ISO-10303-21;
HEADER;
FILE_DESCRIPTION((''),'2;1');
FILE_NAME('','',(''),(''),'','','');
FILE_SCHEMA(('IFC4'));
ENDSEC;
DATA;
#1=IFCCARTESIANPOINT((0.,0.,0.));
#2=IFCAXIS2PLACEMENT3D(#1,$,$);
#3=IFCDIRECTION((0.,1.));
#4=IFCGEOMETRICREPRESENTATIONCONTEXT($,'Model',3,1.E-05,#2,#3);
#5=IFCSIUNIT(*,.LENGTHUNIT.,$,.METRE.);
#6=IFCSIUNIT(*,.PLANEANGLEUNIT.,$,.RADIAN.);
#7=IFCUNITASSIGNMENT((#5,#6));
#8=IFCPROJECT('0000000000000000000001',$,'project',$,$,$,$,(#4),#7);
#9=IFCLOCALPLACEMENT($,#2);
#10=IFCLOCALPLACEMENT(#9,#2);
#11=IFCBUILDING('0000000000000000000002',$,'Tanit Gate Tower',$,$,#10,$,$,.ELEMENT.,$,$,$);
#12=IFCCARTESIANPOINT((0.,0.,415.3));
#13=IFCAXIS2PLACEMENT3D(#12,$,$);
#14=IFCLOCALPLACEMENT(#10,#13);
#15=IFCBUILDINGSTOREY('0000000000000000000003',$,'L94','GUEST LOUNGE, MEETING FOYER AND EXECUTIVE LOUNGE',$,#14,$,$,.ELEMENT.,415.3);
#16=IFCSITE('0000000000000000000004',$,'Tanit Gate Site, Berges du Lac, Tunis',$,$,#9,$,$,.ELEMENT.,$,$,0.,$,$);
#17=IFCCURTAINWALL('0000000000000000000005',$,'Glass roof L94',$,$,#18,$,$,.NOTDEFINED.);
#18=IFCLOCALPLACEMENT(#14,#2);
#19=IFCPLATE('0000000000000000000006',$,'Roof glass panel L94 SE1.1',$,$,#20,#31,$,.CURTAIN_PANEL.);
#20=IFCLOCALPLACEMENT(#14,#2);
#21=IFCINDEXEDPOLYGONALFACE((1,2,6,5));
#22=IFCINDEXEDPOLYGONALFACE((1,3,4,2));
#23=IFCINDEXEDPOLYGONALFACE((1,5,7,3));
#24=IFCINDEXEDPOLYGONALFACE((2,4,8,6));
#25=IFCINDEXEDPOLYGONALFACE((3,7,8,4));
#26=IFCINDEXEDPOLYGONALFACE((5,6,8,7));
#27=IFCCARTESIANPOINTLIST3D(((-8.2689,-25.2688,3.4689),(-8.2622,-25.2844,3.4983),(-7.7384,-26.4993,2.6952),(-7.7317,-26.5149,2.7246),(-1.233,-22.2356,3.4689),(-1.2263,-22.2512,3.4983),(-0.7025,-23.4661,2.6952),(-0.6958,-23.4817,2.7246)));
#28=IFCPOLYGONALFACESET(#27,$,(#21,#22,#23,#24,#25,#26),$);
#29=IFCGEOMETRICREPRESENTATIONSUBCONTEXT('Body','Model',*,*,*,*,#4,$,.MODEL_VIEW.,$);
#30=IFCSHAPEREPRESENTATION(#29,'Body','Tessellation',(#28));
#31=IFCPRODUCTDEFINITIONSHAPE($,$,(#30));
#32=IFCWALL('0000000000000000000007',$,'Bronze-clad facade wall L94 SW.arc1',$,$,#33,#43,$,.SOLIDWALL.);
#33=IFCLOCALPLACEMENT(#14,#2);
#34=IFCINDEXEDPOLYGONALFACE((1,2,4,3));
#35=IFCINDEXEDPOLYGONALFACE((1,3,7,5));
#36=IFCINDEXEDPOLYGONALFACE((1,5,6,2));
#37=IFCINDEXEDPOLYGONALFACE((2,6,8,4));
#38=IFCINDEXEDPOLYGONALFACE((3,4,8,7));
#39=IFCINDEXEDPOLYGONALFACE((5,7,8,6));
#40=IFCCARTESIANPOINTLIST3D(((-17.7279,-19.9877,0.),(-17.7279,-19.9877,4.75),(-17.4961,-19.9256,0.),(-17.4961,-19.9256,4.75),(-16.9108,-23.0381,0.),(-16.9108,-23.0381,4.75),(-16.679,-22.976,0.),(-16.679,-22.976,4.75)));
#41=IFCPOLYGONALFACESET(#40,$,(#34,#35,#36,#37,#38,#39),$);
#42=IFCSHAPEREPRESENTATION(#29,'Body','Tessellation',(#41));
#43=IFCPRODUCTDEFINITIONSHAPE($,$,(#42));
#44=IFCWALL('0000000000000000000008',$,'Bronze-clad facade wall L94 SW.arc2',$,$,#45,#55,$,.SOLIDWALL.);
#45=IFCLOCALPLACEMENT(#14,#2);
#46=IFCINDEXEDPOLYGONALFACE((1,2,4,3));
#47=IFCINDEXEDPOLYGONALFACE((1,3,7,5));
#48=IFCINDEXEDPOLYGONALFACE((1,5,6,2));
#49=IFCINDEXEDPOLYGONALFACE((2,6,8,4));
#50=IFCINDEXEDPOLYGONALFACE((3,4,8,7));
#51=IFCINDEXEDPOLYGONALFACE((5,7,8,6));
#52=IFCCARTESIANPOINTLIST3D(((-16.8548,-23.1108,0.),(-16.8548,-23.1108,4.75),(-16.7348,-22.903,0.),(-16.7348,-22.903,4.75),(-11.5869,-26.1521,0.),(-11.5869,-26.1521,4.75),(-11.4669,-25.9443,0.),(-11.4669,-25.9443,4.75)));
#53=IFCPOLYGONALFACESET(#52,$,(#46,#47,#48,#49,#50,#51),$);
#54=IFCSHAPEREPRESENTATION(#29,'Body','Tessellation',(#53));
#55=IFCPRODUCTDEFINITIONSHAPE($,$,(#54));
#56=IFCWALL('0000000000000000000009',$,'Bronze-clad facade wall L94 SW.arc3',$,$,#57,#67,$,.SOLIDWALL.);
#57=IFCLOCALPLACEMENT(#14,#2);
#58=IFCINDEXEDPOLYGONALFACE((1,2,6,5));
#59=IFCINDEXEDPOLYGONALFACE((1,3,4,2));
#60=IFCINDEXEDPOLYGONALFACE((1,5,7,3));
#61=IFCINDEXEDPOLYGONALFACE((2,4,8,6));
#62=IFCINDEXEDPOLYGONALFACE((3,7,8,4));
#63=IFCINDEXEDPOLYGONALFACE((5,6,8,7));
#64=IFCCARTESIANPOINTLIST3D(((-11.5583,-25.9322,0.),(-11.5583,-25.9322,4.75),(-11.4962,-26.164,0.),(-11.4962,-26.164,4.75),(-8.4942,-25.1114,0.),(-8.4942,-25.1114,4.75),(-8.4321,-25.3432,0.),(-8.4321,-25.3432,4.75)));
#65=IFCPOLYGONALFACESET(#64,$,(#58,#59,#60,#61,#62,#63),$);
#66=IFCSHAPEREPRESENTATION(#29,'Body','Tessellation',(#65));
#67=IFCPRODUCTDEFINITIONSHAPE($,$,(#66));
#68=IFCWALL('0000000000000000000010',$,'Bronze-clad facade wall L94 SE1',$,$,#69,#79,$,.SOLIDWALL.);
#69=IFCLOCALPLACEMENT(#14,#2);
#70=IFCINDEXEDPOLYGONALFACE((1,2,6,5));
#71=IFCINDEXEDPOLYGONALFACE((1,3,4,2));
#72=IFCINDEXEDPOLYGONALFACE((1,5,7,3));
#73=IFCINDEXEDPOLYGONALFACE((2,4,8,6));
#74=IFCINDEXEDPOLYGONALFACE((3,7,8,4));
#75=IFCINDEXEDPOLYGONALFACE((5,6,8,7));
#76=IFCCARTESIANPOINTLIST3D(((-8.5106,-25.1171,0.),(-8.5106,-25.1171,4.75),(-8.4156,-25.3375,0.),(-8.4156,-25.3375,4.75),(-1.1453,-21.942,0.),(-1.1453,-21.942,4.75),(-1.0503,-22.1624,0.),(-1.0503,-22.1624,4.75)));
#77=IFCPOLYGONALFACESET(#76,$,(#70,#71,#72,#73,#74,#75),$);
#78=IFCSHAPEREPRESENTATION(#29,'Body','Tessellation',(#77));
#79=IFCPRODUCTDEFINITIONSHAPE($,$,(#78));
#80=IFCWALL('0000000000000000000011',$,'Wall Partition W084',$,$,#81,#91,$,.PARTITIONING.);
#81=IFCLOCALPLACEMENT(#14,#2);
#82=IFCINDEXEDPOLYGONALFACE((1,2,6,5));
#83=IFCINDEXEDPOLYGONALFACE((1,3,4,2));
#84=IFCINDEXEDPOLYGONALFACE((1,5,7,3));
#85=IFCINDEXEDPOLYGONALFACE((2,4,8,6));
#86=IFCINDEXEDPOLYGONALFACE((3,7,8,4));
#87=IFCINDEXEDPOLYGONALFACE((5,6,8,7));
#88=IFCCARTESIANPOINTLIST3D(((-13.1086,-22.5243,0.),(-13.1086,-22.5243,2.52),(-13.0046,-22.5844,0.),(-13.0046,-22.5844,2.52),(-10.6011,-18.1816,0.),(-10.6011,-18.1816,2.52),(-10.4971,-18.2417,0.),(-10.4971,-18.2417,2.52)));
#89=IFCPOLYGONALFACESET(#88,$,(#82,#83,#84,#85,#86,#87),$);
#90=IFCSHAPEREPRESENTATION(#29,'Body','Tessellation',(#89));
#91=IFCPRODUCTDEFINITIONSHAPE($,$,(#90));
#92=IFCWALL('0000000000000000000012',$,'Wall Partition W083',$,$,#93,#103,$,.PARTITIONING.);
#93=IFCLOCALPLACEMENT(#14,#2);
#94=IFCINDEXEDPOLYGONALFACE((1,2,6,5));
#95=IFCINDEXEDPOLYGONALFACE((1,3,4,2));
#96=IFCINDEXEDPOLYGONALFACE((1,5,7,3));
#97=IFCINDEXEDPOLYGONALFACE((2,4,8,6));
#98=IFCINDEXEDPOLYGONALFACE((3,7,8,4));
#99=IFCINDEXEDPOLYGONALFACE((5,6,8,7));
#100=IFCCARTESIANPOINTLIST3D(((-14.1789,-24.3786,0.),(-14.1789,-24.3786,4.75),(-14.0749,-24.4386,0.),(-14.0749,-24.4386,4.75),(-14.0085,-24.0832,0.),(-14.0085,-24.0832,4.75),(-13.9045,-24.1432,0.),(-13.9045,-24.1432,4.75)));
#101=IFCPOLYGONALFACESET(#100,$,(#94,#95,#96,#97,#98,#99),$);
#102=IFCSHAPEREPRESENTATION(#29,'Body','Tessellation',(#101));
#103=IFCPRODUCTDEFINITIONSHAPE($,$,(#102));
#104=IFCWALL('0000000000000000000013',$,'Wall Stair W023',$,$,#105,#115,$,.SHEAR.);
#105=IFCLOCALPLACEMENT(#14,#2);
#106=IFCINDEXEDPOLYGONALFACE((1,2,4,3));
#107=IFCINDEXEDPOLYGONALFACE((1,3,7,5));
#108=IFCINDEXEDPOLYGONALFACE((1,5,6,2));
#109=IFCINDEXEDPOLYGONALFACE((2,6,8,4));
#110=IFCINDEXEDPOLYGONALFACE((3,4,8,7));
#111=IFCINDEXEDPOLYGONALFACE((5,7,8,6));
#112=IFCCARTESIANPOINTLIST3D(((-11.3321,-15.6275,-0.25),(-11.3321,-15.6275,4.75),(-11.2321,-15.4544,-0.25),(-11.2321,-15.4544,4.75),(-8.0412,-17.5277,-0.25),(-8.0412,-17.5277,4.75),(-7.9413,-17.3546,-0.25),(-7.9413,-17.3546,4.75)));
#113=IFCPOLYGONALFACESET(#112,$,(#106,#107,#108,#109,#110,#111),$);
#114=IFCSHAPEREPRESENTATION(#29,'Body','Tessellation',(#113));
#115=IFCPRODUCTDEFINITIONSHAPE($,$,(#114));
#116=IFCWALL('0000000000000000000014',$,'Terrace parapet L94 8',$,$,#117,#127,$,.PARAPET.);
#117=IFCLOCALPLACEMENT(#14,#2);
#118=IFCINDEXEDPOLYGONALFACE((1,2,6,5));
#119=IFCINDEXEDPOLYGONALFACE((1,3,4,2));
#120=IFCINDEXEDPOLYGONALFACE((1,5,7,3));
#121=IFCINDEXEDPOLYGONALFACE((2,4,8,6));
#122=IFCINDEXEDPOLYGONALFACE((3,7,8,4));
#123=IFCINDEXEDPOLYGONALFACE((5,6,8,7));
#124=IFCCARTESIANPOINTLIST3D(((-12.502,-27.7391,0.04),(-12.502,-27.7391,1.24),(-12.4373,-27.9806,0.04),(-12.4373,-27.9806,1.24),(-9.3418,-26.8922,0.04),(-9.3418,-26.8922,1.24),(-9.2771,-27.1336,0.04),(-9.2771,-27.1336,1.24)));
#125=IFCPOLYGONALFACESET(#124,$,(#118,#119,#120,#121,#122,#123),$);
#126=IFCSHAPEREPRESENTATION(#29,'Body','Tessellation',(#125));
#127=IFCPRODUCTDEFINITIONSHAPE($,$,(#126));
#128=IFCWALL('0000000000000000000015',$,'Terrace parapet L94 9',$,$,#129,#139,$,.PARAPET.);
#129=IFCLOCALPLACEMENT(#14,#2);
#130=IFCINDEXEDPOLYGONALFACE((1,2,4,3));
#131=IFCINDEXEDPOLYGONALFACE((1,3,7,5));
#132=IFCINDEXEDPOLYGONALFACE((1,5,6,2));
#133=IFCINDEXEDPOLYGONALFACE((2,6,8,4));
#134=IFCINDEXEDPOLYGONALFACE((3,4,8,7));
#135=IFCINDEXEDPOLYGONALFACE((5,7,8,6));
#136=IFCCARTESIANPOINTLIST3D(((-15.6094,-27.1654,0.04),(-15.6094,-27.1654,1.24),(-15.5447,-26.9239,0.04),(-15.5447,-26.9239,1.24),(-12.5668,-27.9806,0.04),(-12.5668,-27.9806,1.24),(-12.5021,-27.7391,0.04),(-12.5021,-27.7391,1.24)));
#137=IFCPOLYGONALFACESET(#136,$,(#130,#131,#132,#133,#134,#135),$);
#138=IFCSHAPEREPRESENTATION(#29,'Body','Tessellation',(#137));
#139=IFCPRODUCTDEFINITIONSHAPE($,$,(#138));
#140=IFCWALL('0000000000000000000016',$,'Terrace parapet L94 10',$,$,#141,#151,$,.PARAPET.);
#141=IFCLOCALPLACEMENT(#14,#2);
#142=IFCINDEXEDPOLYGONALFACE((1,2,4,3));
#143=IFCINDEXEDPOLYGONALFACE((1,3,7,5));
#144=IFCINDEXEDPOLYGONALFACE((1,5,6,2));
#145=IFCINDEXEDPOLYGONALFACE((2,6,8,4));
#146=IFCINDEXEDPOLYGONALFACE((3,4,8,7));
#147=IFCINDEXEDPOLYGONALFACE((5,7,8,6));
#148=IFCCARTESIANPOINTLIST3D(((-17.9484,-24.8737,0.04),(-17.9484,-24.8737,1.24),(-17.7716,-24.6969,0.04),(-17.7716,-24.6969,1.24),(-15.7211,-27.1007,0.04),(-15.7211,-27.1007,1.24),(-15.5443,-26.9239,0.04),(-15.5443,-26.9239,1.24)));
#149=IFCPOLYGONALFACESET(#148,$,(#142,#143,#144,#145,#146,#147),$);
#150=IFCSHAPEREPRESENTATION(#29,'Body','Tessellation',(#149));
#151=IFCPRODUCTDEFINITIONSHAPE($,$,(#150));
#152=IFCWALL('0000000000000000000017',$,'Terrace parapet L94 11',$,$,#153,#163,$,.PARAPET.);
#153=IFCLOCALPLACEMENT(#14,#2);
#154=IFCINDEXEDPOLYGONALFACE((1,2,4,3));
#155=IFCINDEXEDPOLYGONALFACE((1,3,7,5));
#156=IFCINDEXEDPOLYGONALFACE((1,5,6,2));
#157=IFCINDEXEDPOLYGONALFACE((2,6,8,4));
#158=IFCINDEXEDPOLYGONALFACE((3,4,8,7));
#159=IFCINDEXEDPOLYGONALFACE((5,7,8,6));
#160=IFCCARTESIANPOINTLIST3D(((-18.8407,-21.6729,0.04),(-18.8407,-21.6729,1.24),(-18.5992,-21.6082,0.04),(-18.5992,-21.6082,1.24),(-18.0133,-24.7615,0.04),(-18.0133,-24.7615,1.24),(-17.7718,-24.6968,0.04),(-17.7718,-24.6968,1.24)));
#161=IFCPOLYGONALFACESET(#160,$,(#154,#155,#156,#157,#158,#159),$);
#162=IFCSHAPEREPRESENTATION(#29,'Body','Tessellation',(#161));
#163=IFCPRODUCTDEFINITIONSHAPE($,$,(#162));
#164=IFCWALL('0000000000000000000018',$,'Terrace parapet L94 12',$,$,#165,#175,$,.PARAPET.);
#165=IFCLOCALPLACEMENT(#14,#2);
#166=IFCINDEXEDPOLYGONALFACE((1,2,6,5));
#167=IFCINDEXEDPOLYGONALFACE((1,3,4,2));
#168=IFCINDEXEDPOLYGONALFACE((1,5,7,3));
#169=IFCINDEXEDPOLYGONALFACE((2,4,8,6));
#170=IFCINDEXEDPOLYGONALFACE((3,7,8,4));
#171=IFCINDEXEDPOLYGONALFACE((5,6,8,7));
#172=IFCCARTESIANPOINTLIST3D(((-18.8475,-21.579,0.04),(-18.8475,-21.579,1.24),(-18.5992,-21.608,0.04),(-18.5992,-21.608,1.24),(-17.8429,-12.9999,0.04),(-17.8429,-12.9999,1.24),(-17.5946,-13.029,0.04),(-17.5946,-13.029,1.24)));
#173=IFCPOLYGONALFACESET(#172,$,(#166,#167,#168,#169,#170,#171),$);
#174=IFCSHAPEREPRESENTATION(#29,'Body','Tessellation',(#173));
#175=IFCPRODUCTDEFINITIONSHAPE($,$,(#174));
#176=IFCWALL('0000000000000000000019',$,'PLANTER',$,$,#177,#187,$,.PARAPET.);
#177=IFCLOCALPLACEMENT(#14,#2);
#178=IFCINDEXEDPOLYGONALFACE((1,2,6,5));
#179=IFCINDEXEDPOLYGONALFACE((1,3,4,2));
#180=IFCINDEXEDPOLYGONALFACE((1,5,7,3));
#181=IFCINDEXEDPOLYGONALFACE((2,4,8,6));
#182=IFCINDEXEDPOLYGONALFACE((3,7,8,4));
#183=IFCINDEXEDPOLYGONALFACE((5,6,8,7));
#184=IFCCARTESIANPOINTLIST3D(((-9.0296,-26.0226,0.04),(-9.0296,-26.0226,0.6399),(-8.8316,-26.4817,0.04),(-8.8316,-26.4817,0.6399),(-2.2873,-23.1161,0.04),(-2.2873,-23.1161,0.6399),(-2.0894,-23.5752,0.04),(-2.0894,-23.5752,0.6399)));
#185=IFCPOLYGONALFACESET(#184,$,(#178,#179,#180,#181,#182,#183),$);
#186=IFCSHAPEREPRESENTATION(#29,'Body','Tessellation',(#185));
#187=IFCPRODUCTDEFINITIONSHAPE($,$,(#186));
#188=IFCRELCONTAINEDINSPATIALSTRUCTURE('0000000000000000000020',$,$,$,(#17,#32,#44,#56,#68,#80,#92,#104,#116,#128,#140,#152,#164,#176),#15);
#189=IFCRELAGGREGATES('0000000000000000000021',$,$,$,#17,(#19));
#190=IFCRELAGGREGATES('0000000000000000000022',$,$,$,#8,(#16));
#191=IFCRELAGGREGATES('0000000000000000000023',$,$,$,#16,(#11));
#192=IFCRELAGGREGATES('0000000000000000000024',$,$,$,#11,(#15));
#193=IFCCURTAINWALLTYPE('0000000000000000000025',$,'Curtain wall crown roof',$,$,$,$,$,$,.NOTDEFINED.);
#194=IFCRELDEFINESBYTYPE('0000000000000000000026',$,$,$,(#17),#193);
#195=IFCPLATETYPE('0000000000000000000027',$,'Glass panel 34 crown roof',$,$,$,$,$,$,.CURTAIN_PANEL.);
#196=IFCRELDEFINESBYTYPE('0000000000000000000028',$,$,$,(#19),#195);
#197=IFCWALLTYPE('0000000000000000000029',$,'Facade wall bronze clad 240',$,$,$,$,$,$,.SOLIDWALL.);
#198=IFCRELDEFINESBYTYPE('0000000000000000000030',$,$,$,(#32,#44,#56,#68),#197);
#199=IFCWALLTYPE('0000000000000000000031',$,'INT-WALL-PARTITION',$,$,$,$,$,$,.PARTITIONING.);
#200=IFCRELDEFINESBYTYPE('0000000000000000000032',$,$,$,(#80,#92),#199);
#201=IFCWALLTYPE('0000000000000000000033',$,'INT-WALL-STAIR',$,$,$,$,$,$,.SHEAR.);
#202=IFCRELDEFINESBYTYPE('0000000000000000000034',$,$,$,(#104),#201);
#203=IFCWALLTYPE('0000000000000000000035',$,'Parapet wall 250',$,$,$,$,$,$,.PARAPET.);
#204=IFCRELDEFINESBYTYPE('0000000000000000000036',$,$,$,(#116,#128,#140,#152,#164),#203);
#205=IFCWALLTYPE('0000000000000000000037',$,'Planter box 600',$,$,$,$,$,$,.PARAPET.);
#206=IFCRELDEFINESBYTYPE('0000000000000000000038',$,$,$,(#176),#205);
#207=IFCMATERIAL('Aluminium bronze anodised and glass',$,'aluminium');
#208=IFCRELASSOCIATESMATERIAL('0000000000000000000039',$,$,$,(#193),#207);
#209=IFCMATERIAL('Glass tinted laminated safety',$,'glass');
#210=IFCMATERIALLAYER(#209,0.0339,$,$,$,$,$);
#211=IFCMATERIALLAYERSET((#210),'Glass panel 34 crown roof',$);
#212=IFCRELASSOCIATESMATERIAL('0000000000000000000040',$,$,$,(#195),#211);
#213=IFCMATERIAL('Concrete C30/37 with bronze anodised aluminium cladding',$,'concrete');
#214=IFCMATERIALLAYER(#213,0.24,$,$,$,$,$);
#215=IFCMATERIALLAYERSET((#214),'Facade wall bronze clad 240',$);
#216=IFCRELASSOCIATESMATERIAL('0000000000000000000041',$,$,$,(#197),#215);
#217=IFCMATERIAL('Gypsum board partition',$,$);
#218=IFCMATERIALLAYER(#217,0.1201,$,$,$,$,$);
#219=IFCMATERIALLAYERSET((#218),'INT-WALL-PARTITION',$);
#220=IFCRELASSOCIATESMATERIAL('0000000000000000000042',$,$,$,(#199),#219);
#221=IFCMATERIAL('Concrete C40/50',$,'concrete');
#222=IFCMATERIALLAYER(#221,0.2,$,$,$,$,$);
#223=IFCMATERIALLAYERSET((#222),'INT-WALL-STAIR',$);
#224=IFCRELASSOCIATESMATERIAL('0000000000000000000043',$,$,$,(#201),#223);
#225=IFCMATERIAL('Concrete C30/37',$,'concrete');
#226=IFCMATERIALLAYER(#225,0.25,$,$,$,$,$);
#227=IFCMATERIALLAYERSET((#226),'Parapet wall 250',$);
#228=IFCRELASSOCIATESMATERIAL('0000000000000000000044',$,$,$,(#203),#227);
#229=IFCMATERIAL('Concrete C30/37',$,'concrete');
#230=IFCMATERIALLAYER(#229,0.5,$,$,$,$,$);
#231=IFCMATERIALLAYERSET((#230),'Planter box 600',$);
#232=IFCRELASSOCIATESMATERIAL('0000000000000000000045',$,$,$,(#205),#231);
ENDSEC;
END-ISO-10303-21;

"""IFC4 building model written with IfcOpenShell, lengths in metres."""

from ifc_helpers import new_model, si_unit, direction, frame, frame_2d, origin, place, context, subcontext, project, spatial, polyline, rectangle, outline, extrude, material, layer, layer_set, type_object, element, aggregate, save


model = new_model("IFC4")

# Units and contexts
model_context = context("Model", 3, precision=1e-05, world=origin(), true_north=direction((0.0, 1.0)))
body_context = subcontext(model_context, "Body", "Model", "MODEL_VIEW")
ifc_project = project(units=[si_unit("LENGTHUNIT", "METRE"), si_unit("PLANEANGLEUNIT", "RADIAN")], contexts=[model_context])

# Site, building, storey
site_placement = place(None, origin())
site = spatial("IfcSite", under=ifc_project, at=site_placement, Name="Tanit Gate Site, Berges du Lac, Tunis", CompositionType="ELEMENT", RefElevation=0.0)
building_placement = place(site_placement, origin())
building = spatial("IfcBuilding", under=site, at=building_placement, Name="Tanit Gate Tower", CompositionType="ELEMENT")
storey_placement = place(building_placement, frame((0.0, 0.0, 415.3)))
storey = spatial("IfcBuildingStorey", under=building, at=storey_placement, Name="L94", Description="GUEST LOUNGE, MEETING FOYER AND EXECUTIVE LOUNGE", CompositionType="ELEMENT", Elevation=415.3)

# Curtain wall
ifc_material_1 = material(Name="Aluminium bronze anodised and glass", Category="aluminium")
curtain_wall_type = type_object("IfcCurtainWallType", Name="Curtain wall crown roof", PredefinedType="NOTDEFINED", material=ifc_material_1)
curtain_wall_placement = place(storey_placement, origin())
curtain_wall = element("IfcCurtainWall", 1, at=curtain_wall_placement, inside=storey, type_object=curtain_wall_type, Name="Glass roof L94", PredefinedType="NOTDEFINED")

# Plate
ifc_material_2 = material(Name="Glass tinted laminated safety", Category="glass")
ifc_layer_1 = layer(ifc_material_2, 0.0339)
ifc_layer_set_1 = layer_set([ifc_layer_1], Name="Glass panel 34 crown roof")
plate_type = type_object("IfcPlateType", Name="Glass panel 34 crown roof", PredefinedType="CURTAIN_PANEL", material=ifc_layer_set_1)
plate_1_placement = place(storey_placement, frame((-8.2622, -25.2844, 3.4983), z_axis=(0.197952, -0.459174, 0.86601), x_axis=(0.918301, 0.395884, 0.0)))
plate_1 = element("IfcPlate", 2, at=plate_1_placement, type_object=plate_type, Name="Roof glass panel L94 SE1.1", PredefinedType="CURTAIN_PANEL", context=body_context, shape_type="SweptSolid", body=[
    extrude(outline(polyline([(0.0, 0.0), (7.6619, 0.0), (7.6619, -1.5473), (0.0001, -1.5473), (0.0, 0.0)])), origin(), (0.0, 0.0, -1.0), 0.0339),
])
aggregate(curtain_wall, [plate_1])

# Walls
ifc_material_3 = material(Name="Concrete C30/37 with bronze anodised aluminium cladding", Category="concrete")
ifc_layer_2 = layer(ifc_material_3, 0.24)
ifc_layer_set_2 = layer_set([ifc_layer_2], Name="Facade wall bronze clad 240")
wall_type_1 = type_object("IfcWallType", Name="Facade wall bronze clad 240", PredefinedType="SOLIDWALL", material=ifc_layer_set_2)
wall_1_placement = place(storey_placement, frame((-17.6121, -19.9565, 0.0), z_axis=(0.0, 0.0, 1.0), x_axis=(0.258764, -0.96594, 0.0)))
element("IfcWall", 3, at=wall_1_placement, inside=storey, type_object=wall_type_1, Name="Bronze-clad facade wall L94 SW.arc1", PredefinedType="SOLIDWALL", context=body_context, shape_type="SweptSolid", body=[
    extrude(rectangle(XDim=3.158, YDim=0.24, at=frame_2d((1.5791, 0.0))), origin(), (0.0, 0.0, 1.0), 4.75),
])
wall_2_placement = place(storey_placement, frame((-16.7949, -23.0068, 0.0), z_axis=(0.0, 0.0, 1.0), x_axis=(0.866034, -0.499985, 0.0)))
element("IfcWall", 4, at=wall_2_placement, inside=storey, type_object=wall_type_1, Name="Bronze-clad facade wall L94 SW.arc2", PredefinedType="SOLIDWALL", context=body_context, shape_type="SweptSolid", body=[
    extrude(rectangle(XDim=6.0828, YDim=0.24, at=frame_2d((3.0415, 0.0))), origin(), (0.0, 0.0, 1.0), 4.75),
])
wall_3_placement = place(storey_placement, frame((-11.5271, -26.0481, 0.0), z_axis=(0.0, 0.0, 1.0), x_axis=(0.96594, 0.258764, 0.0)))
element("IfcWall", 5, at=wall_3_placement, inside=storey, type_object=wall_type_1, Name="Bronze-clad facade wall L94 SW.arc3", PredefinedType="SOLIDWALL", context=body_context, shape_type="SweptSolid", body=[
    extrude(rectangle(XDim=3.1721, YDim=0.24, at=frame_2d((1.5859, 0.0))), origin(), (0.0, 0.0, 1.0), 4.75),
])
wall_4_placement = place(storey_placement, frame((-8.4631, -25.2273, 0.0), z_axis=(0.0, 0.0, 1.0), x_axis=(0.918307, 0.395869, 0.0)))
element("IfcWall", 6, at=wall_4_placement, inside=storey, type_object=wall_type_1, Name="Bronze-clad facade wall L94 SE1", PredefinedType="SOLIDWALL", context=body_context, shape_type="SweptSolid", body=[
    extrude(rectangle(XDim=8.0205, YDim=0.24, at=frame_2d((4.0103, 0.0))), origin(), (0.0, 0.0, 1.0), 4.75),
])
ifc_material_4 = material(Name="Gypsum board partition")
ifc_layer_3 = layer(ifc_material_4, 0.1201)
ifc_layer_set_3 = layer_set([ifc_layer_3], Name="INT-WALL-PARTITION")
wall_type_2 = type_object("IfcWallType", Name="INT-WALL-PARTITION", PredefinedType="PARTITIONING", material=ifc_layer_set_3)
wall_5_placement = place(storey_placement, frame((-10.5491, -18.2117, 0.0), z_axis=(0.0, 0.0, 1.0), x_axis=(-0.50004, -0.866002, 0.0)))
element("IfcWall", 7, at=wall_5_placement, inside=storey, type_object=wall_type_2, Name="Wall Partition W084", PredefinedType="PARTITIONING", context=body_context, shape_type="SweptSolid", body=[
    extrude(rectangle(XDim=5.0146, YDim=0.1201, at=frame_2d((2.5073, 0.0))), origin(), (0.0, 0.0, 1.0), 2.52),
])
wall_6_placement = place(storey_placement, frame((-13.9565, -24.1133, 0.0), z_axis=(0.0, 0.0, 1.0), x_axis=(-0.499681, -0.866209, 0.0)))
element("IfcWall", 8, at=wall_6_placement, inside=storey, type_object=wall_type_2, Name="Wall Partition W083", PredefinedType="PARTITIONING", context=body_context, shape_type="SweptSolid", body=[
    extrude(rectangle(XDim=0.3411, YDim=0.1201, at=frame_2d((0.1704, 0.0))), origin(), (0.0, 0.0, 1.0), 4.75),
])
ifc_material_5 = material(Name="Concrete C40/50", Category="concrete")
ifc_layer_4 = layer(ifc_material_5, 0.2)
ifc_layer_set_4 = layer_set([ifc_layer_4], Name="INT-WALL-STAIR")
wall_type_3 = type_object("IfcWallType", Name="INT-WALL-STAIR", PredefinedType="SHEAR", material=ifc_layer_set_4)
wall_7_placement = place(storey_placement, frame((-11.282, -15.541, -0.25), z_axis=(0.0, 0.0, 1.0), x_axis=(0.866, -0.500043, 0.0)))
element("IfcWall", 9, at=wall_7_placement, inside=storey, type_object=wall_type_3, Name="Wall Stair W023", PredefinedType="SHEAR", context=body_context, shape_type="SweptSolid", body=[
    extrude(rectangle(XDim=3.8, YDim=0.2, at=frame_2d((1.8999, 0.0))), origin(), (0.0, 0.0, 1.0), 5.0),
])
ifc_material_6 = material(Name="Concrete C30/37", Category="concrete")
ifc_layer_5 = layer(ifc_material_6, 0.25)
ifc_layer_set_5 = layer_set([ifc_layer_5], Name="Parapet wall 250")
wall_type_4 = type_object("IfcWallType", Name="Parapet wall 250", PredefinedType="PARAPET", material=ifc_layer_set_5)
wall_8_placement = place(storey_placement, frame((-9.3096, -27.0129, 0.04), z_axis=(0.0, 0.0, 1.0), x_axis=(-0.965913, -0.258865, 0.0)))
element("IfcWall", 10, at=wall_8_placement, inside=storey, type_object=wall_type_4, Name="Terrace parapet L94 8", PredefinedType="PARAPET", context=body_context, shape_type="SweptSolid", body=[
    extrude(rectangle(XDim=3.2717, YDim=0.25, at=frame_2d((1.6357, 0.0))), origin(), (0.0, 0.0, 1.0), 1.2),
])
wall_9_placement = place(storey_placement, frame((-12.5344, -27.8599, 0.04), z_axis=(0.0, 0.0, 1.0), x_axis=(-0.965929, 0.258806, 0.0)))
element("IfcWall", 11, at=wall_9_placement, inside=storey, type_object=wall_type_4, Name="Terrace parapet L94 9", PredefinedType="PARAPET", context=body_context, shape_type="SweptSolid", body=[
    extrude(rectangle(XDim=3.1499, YDim=0.25, at=frame_2d((1.575, 0.0))), origin(), (0.0, 0.0, 1.0), 1.2),
])
wall_10_placement = place(storey_placement, frame((-15.6328, -27.0122, 0.04), z_axis=(0.0, 0.0, 1.0), x_axis=(-0.707146, 0.707068, 0.0)))
element("IfcWall", 12, at=wall_10_placement, inside=storey, type_object=wall_type_4, Name="Terrace parapet L94 10", PredefinedType="PARAPET", context=body_context, shape_type="SweptSolid", body=[
    extrude(rectangle(XDim=3.1497, YDim=0.25, at=frame_2d((1.5747, 0.0))), origin(), (0.0, 0.0, 1.0), 1.2),
])
wall_11_placement = place(storey_placement, frame((-17.8926, -24.729, 0.04), z_axis=(0.0, 0.0, 1.0), x_axis=(-0.25876, 0.965942, 0.0)))
element("IfcWall", 13, at=wall_11_placement, inside=storey, type_object=wall_type_4, Name="Terrace parapet L94 11", PredefinedType="PARAPET", context=body_context, shape_type="SweptSolid", body=[
    extrude(rectangle(XDim=3.1975, YDim=0.25, at=frame_2d((1.5986, 0.0))), origin(), (0.0, 0.0, 1.0), 1.2),
])
wall_12_placement = place(storey_placement, frame((-18.7234, -21.5935, 0.04), z_axis=(0.0, 0.0, 1.0), x_axis=(0.116308, 0.993213, 0.0)))
element("IfcWall", 14, at=wall_12_placement, inside=storey, type_object=wall_type_4, Name="Terrace parapet L94 12", PredefinedType="PARAPET", context=body_context, shape_type="SweptSolid", body=[
    extrude(rectangle(XDim=8.6377, YDim=0.25, at=frame_2d((4.3188, 0.0))), origin(), (0.0, 0.0, 1.0), 1.2),
])
ifc_material_7 = material(Name="Concrete C30/37", Category="concrete")
ifc_layer_6 = layer(ifc_material_7, 0.5)
ifc_layer_set_6 = layer_set([ifc_layer_6], Name="Planter box 600")
wall_type_5 = type_object("IfcWallType", Name="Planter box 600", PredefinedType="PARAPET", material=ifc_layer_set_6)
wall_13_placement = place(storey_placement, frame((-2.1885, -23.3457, 0.04), z_axis=(0.0, 0.0, 1.0), x_axis=(-0.918305, -0.395873, 0.0)))
element("IfcWall", 15, at=wall_13_placement, inside=storey, type_object=wall_type_5, Name="PLANTER", PredefinedType="PARAPET", context=body_context, shape_type="SweptSolid", body=[
    extrude(rectangle(XDim=7.342, YDim=0.5, at=frame_2d((3.6709, 0.0))), origin(), (0.0, 0.0, 1.0), 0.5999),
])

save(model, "model.ifc")
